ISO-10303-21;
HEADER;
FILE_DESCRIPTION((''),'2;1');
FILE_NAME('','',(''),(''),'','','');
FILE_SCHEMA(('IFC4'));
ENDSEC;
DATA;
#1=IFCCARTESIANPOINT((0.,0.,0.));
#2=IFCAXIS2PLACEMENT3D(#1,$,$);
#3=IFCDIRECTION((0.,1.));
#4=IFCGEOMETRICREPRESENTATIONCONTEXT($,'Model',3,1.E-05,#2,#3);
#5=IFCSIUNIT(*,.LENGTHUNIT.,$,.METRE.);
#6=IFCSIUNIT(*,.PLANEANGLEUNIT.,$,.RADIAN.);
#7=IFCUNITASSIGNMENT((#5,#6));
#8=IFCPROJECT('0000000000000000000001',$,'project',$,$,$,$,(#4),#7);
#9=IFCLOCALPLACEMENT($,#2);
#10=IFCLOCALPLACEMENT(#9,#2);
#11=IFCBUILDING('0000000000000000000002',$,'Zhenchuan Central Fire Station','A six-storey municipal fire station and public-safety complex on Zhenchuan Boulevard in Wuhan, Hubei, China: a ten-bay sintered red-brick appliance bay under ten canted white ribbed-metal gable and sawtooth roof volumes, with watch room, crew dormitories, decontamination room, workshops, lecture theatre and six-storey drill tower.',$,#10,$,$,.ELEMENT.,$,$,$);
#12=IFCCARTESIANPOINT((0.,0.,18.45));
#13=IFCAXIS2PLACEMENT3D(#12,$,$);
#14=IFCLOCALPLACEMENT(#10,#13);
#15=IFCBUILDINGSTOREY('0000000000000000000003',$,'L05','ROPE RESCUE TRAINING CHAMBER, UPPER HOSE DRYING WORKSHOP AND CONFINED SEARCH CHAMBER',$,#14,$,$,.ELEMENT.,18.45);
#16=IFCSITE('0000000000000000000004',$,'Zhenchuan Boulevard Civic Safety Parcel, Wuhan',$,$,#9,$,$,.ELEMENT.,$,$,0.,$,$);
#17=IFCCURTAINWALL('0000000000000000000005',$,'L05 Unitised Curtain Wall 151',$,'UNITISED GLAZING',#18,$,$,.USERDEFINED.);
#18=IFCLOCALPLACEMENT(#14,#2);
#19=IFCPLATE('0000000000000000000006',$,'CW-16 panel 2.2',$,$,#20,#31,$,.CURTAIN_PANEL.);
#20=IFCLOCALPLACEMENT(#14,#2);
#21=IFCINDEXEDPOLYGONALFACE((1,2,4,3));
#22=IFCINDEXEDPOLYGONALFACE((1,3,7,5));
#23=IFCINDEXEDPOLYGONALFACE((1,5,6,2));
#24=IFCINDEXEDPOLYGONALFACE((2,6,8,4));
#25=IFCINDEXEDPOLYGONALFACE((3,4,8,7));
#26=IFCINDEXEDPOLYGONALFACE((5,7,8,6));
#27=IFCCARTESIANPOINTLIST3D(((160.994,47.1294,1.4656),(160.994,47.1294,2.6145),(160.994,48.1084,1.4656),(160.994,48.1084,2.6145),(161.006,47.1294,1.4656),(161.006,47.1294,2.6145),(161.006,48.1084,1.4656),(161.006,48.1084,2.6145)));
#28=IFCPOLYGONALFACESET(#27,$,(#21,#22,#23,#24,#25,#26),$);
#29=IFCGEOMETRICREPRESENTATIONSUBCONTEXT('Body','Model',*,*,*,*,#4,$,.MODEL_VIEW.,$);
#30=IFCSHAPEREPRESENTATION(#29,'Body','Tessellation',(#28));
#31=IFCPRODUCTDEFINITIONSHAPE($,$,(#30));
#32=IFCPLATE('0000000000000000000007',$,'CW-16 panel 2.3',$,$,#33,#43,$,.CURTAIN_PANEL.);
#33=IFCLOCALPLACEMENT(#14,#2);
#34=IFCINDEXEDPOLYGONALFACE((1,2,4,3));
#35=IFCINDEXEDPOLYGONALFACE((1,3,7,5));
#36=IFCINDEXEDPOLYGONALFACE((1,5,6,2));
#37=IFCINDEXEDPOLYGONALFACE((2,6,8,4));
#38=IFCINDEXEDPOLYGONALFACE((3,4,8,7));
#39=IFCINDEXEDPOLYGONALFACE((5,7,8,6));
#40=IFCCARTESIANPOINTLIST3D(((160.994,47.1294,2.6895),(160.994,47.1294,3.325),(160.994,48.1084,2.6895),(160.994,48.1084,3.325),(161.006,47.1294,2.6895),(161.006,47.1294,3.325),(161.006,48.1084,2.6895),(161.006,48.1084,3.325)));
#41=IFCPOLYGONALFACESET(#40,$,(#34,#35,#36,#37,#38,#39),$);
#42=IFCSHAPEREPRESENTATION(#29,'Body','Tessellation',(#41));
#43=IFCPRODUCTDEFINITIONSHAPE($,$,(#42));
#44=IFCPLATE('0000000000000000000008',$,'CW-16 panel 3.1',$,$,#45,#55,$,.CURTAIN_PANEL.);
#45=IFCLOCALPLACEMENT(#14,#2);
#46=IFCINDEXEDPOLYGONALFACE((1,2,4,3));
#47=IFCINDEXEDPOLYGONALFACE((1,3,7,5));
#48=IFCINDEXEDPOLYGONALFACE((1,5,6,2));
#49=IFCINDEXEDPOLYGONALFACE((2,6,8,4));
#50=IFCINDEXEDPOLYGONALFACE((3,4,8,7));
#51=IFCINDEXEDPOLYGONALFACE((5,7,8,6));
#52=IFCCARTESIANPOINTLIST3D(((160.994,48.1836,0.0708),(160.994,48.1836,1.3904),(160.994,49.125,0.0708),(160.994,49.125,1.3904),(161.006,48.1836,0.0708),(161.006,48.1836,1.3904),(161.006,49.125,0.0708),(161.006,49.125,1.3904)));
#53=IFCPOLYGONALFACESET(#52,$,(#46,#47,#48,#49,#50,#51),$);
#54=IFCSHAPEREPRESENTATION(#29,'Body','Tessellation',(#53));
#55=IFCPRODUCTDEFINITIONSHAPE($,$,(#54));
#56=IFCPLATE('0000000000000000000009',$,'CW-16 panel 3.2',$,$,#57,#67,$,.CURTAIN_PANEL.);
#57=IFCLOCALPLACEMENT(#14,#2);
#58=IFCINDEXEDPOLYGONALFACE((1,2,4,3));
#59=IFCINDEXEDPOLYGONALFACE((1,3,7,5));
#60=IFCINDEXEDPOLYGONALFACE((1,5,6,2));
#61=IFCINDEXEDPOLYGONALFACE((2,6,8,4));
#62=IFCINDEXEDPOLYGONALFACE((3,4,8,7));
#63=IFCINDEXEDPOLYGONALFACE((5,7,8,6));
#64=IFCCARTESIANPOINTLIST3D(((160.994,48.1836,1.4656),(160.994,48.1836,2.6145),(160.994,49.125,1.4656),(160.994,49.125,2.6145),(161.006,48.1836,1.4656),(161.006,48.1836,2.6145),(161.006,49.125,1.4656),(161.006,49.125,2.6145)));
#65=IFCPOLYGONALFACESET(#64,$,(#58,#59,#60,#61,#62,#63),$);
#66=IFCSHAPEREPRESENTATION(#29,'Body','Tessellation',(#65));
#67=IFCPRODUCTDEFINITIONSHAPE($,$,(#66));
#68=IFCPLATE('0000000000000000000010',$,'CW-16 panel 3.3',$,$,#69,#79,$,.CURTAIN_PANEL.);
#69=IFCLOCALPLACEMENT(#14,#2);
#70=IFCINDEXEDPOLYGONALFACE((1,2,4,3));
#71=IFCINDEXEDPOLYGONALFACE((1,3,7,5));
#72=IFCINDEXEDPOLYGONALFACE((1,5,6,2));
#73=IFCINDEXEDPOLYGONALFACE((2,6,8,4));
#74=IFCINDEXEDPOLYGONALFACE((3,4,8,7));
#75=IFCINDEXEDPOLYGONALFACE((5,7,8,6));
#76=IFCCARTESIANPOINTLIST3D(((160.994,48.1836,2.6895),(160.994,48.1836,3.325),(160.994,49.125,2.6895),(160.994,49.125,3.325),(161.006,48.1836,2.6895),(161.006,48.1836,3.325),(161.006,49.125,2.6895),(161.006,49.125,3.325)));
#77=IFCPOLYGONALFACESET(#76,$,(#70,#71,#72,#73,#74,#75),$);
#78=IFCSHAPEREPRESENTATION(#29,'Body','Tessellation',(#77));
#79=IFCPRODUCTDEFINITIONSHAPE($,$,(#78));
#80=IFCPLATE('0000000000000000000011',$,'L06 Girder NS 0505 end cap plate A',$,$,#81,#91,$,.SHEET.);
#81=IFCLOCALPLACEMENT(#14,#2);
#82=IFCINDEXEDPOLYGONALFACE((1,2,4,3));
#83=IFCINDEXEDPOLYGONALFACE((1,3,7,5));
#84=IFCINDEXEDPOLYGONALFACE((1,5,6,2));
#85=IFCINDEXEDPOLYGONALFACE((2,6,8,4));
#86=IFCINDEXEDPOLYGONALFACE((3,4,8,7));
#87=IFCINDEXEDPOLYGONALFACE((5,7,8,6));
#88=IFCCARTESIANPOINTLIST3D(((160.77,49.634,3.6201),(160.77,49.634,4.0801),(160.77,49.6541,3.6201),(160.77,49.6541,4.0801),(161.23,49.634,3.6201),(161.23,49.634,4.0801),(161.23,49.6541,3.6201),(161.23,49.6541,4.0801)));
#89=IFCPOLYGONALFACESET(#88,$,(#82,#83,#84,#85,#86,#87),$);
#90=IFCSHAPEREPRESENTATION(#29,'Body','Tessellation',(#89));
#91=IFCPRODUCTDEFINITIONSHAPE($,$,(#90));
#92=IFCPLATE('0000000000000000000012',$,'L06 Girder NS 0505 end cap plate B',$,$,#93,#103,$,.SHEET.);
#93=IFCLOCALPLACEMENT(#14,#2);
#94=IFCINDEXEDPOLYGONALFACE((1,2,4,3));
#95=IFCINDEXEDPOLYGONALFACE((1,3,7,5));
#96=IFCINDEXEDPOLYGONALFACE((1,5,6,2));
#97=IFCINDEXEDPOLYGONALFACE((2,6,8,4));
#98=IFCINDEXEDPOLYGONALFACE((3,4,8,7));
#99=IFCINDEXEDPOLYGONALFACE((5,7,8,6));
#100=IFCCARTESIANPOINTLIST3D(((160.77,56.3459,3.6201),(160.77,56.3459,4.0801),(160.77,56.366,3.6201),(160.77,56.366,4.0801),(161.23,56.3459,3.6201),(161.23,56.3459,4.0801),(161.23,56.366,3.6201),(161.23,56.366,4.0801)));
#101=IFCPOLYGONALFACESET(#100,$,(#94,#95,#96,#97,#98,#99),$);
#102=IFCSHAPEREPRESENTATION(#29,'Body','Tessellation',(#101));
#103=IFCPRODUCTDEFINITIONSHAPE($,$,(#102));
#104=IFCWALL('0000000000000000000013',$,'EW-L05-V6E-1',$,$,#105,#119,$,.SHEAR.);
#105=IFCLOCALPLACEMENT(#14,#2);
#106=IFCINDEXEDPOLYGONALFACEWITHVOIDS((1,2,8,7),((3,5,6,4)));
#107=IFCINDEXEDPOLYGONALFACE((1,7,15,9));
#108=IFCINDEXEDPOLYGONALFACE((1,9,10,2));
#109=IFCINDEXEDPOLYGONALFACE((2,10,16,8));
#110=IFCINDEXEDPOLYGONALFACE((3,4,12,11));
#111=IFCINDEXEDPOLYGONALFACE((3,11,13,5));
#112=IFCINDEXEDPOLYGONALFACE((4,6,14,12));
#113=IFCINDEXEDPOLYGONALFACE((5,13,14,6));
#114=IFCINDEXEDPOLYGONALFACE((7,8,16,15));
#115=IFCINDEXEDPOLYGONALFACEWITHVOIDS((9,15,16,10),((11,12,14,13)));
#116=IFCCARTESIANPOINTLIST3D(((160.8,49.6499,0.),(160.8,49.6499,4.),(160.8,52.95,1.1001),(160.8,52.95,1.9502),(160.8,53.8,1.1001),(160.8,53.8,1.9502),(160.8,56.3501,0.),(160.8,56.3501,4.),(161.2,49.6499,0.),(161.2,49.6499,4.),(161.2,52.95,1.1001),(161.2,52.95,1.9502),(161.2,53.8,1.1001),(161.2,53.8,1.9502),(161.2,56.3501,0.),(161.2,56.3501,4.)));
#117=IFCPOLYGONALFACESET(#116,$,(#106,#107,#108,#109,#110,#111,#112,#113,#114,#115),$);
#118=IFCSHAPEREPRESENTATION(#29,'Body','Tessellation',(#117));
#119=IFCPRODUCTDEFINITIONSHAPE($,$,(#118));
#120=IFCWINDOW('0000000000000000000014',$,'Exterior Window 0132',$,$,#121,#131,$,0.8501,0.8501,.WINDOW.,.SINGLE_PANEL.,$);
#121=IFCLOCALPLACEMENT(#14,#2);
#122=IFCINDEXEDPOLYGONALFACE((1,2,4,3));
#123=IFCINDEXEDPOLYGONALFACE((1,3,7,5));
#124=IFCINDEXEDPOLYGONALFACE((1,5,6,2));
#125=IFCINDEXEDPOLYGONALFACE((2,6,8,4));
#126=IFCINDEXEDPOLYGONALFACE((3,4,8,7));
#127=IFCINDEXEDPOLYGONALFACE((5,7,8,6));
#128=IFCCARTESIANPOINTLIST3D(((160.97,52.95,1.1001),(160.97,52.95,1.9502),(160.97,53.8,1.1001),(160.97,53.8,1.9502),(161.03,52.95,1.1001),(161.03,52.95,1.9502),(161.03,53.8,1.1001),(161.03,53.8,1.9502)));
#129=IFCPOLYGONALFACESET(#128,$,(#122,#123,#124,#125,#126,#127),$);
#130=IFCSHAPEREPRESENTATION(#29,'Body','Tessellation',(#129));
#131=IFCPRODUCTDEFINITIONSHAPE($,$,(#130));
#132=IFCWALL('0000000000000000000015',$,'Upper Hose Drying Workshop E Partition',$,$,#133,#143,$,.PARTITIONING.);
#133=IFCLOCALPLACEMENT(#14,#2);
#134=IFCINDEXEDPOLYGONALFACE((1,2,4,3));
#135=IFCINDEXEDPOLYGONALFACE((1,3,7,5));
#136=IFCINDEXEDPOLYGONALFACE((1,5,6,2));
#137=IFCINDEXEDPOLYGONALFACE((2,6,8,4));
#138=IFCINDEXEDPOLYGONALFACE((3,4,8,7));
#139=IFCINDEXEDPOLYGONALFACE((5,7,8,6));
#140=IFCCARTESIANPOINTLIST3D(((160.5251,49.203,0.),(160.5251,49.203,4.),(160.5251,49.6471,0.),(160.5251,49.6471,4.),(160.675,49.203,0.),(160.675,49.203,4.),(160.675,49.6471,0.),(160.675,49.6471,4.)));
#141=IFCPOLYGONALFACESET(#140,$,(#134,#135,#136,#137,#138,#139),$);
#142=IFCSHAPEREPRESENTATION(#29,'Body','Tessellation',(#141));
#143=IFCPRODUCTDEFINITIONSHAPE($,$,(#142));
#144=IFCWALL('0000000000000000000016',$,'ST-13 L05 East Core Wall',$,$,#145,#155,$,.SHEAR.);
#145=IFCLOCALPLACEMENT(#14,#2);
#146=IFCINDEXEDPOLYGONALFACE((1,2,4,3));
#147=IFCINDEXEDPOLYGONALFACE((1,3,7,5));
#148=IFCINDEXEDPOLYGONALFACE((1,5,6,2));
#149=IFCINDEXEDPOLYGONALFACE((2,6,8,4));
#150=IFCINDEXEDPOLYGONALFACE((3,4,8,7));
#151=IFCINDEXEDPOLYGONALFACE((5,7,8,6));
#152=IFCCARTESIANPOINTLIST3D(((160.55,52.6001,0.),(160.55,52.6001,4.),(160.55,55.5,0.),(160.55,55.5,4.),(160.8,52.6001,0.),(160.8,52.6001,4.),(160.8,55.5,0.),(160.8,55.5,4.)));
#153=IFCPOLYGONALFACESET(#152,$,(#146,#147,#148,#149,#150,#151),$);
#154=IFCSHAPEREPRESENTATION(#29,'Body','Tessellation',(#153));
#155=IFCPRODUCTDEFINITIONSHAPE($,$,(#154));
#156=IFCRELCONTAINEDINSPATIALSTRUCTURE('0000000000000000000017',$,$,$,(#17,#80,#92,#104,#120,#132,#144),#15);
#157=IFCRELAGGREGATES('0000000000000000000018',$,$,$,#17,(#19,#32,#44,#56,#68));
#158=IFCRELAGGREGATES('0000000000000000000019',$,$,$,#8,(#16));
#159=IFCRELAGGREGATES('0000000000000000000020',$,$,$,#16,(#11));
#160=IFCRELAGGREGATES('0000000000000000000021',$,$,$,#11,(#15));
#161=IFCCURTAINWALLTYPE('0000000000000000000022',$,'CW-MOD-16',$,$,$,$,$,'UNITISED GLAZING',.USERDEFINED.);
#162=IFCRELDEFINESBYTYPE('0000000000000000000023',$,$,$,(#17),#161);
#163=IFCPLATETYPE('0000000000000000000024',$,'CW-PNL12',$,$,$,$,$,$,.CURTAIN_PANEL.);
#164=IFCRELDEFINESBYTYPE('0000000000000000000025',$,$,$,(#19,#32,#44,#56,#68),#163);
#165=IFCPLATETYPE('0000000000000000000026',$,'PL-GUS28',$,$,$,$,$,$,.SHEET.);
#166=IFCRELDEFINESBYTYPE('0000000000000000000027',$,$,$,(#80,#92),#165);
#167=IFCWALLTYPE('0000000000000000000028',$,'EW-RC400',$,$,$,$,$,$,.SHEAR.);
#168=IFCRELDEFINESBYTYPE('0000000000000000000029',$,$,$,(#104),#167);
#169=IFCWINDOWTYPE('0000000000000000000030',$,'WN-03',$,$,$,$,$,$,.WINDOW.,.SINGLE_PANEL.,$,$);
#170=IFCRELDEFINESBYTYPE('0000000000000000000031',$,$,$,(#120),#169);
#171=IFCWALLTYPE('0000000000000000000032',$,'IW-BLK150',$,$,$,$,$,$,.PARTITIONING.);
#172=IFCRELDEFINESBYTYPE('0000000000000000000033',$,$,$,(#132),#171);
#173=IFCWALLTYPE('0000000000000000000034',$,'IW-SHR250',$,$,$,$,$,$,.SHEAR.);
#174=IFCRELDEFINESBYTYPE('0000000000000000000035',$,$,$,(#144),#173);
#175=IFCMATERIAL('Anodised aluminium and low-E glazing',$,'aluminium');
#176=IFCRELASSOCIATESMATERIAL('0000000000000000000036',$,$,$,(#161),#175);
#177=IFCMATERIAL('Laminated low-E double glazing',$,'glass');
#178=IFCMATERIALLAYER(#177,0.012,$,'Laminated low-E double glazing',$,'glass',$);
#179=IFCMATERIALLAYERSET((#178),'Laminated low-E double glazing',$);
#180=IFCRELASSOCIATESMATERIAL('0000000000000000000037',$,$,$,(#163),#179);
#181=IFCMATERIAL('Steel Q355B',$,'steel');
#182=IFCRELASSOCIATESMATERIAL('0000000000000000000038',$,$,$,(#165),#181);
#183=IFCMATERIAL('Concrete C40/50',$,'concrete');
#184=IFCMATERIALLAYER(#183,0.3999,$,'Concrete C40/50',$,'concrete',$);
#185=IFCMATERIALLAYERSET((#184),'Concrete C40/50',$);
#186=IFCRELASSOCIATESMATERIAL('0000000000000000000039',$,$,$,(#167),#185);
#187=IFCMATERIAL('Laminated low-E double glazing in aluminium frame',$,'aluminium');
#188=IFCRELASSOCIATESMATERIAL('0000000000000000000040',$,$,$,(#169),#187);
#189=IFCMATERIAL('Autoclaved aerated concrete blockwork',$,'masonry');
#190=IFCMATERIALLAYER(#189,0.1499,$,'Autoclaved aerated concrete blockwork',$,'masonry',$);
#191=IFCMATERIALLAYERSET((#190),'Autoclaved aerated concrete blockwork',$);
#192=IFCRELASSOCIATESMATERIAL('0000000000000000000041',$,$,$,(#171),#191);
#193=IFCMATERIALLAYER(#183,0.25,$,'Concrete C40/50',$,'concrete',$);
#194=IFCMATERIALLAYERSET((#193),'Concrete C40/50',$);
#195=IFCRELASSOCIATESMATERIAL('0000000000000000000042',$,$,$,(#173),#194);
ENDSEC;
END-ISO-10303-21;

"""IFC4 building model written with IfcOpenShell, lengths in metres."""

from ifc_helpers import new_model, si_unit, direction, frame, frame_2d, origin, origin_2d, place, context, subcontext, project, spatial, rectangle, extrude, material, layer, layer_set, material_profile, profile_set, type_object, element, fill, aggregate, save


model = new_model("IFC4")

# Units and contexts
model_context = context("Model", 3, precision=1e-05, world=origin(), true_north=direction((0.0, 1.0)))
body_context = subcontext(model_context, "Body", "Model", "MODEL_VIEW")
ifc_project = project(units=[si_unit("LENGTHUNIT", "METRE"), si_unit("PLANEANGLEUNIT", "RADIAN")], contexts=[model_context])

# Site, building, storey
site_placement = place(None, origin())
site = spatial("IfcSite", under=ifc_project, at=site_placement, Name="Zhenchuan Boulevard Civic Safety Parcel, Wuhan", CompositionType="ELEMENT", RefElevation=0.0)
building_placement = place(site_placement, origin())
building = spatial("IfcBuilding", under=site, at=building_placement, Name="Zhenchuan Central Fire Station", Description="A six-storey municipal fire station and public-safety complex on Zhenchuan Boulevard in Wuhan, Hubei, China: a ten-bay sintered red-brick appliance bay under ten canted white ribbed-metal gable and sawtooth roof volumes, with watch room, crew dormitories, decontamination room, workshops, lecture theatre and six-storey drill tower.", CompositionType="ELEMENT")
storey_placement = place(building_placement, frame((0.0, 0.0, 18.45)))
storey = spatial("IfcBuildingStorey", under=building, at=storey_placement, Name="L05", Description="ROPE RESCUE TRAINING CHAMBER, UPPER HOSE DRYING WORKSHOP AND CONFINED SEARCH CHAMBER", CompositionType="ELEMENT", Elevation=18.45)

# Shared definitions
ifc_material_1 = material(Name="Steel Q355B", Category="steel")

# Curtain wall
ifc_material_2 = material(Name="Anodised aluminium and low-E glazing", Category="aluminium")
curtain_wall_type = type_object("IfcCurtainWallType", Name="CW-MOD-16", ElementType="UNITISED GLAZING", PredefinedType="USERDEFINED", material=ifc_material_2)
curtain_wall_placement = place(storey_placement, origin())
curtain_wall = element("IfcCurtainWall", 1, at=curtain_wall_placement, inside=storey, type_object=curtain_wall_type, Name="L05 Unitised Curtain Wall 151", ObjectType="UNITISED GLAZING", PredefinedType="USERDEFINED")

# Plates
ifc_material_3 = material(Name="Laminated low-E double glazing", Category="glass")
ifc_layer_1 = layer(ifc_material_3, 0.012, Name="Laminated low-E double glazing", Category="glass")
ifc_layer_set_1 = layer_set([ifc_layer_1], Name="Laminated low-E double glazing")
plate_type_1 = type_object("IfcPlateType", Name="CW-PNL12", PredefinedType="CURTAIN_PANEL", material=ifc_layer_set_1)
plate_1_placement = place(storey_placement, frame((161.0, 47.6189, 1.4656), z_axis=(0.0, 0.0, 1.0), x_axis=(0.0, 1.0, 0.0)))
plate_1 = element("IfcPlate", 2, at=plate_1_placement, type_object=plate_type_1, Name="CW-16 panel 2.2", PredefinedType="CURTAIN_PANEL", context=body_context, shape_type="SweptSolid", body=[
    extrude(rectangle(XDim=0.979, YDim=0.012, at=origin_2d()), origin(), (0.0, 0.0, 1.0), 1.1489),
])
plate_2_placement = place(storey_placement, frame((161.0, 47.6189, 2.6895), z_axis=(0.0, 0.0, 1.0), x_axis=(0.0, 1.0, 0.0)))
plate_2 = element("IfcPlate", 3, at=plate_2_placement, type_object=plate_type_1, Name="CW-16 panel 2.3", PredefinedType="CURTAIN_PANEL", context=body_context, shape_type="SweptSolid", body=[
    extrude(rectangle(XDim=0.979, YDim=0.012, at=origin_2d()), origin(), (0.0, 0.0, 1.0), 0.6355),
])
plate_3_placement = place(storey_placement, frame((161.0, 48.6543, 0.0708), z_axis=(0.0, 0.0, 1.0), x_axis=(0.0, 1.0, 0.0)))
plate_3 = element("IfcPlate", 4, at=plate_3_placement, type_object=plate_type_1, Name="CW-16 panel 3.1", PredefinedType="CURTAIN_PANEL", context=body_context, shape_type="SweptSolid", body=[
    extrude(rectangle(XDim=0.9414, YDim=0.012, at=origin_2d()), origin(), (0.0, 0.0, 1.0), 1.3196),
])
plate_4_placement = place(storey_placement, frame((161.0, 48.6543, 1.4656), z_axis=(0.0, 0.0, 1.0), x_axis=(0.0, 1.0, 0.0)))
plate_4 = element("IfcPlate", 5, at=plate_4_placement, type_object=plate_type_1, Name="CW-16 panel 3.2", PredefinedType="CURTAIN_PANEL", context=body_context, shape_type="SweptSolid", body=[
    extrude(rectangle(XDim=0.9414, YDim=0.012, at=origin_2d()), origin(), (0.0, 0.0, 1.0), 1.1489),
])
plate_5_placement = place(storey_placement, frame((161.0, 48.6543, 2.6895), z_axis=(0.0, 0.0, 1.0), x_axis=(0.0, 1.0, 0.0)))
plate_5 = element("IfcPlate", 6, at=plate_5_placement, type_object=plate_type_1, Name="CW-16 panel 3.3", PredefinedType="CURTAIN_PANEL", context=body_context, shape_type="SweptSolid", body=[
    extrude(rectangle(XDim=0.9414, YDim=0.012, at=origin_2d()), origin(), (0.0, 0.0, 1.0), 0.6355),
])
aggregate(curtain_wall, [plate_1, plate_2, plate_3, plate_4, plate_5])

# Plates
ifc_material_profile_1 = material_profile(ifc_material_1, rectangle(XDim=0.46, YDim=0.46, at=origin_2d()), Name="PL 460x460x28")
ifc_profile_set_1 = profile_set([ifc_material_profile_1], Name="Steel Q355B")
plate_type_2 = type_object("IfcPlateType", Name="PL-GUS28", PredefinedType="SHEET", material=ifc_profile_set_1)
for number, where, z_axis, x_axis, name in (
    (7, (161.0, 49.634, 3.8501), (0.0, 1.0, 0.0), (-1.0, 0.0, 0.0), "L06 Girder NS 0505 end cap plate A"),
    (8, (161.0, 56.3459, 3.8501), (0.0, 1.0, 0.0), (-1.0, 0.0, 0.0), "L06 Girder NS 0505 end cap plate B"),
):
    element("IfcPlate", number, at=place(storey_placement, frame(where, z_axis=z_axis, x_axis=x_axis)), inside=storey, type_object=plate_type_2, Name=name, PredefinedType="SHEET", context=body_context, shape_type="SweptSolid", body=[
        extrude(rectangle(XDim=0.46, YDim=0.46, at=origin_2d()), origin(), (0.0, 0.0, 1.0), 0.02),
    ])

# Wall, opening, window
ifc_material_4 = material(Name="Concrete C40/50", Category="concrete")
ifc_layer_2 = layer(ifc_material_4, 0.3999, Name="Concrete C40/50", Category="concrete")
ifc_layer_set_2 = layer_set([ifc_layer_2], Name="Concrete C40/50")
wall_type_1 = type_object("IfcWallType", Name="EW-RC400", PredefinedType="SHEAR", material=ifc_layer_set_2)
wall_1_placement = place(storey_placement, frame((161.0, 49.6499, 0.0), z_axis=(0.0, 0.0, 1.0), x_axis=(0.0, 1.0, 0.0)))
wall_1 = element("IfcWall", 9, at=wall_1_placement, inside=storey, type_object=wall_type_1, Name="EW-L05-V6E-1", PredefinedType="SHEAR", context=body_context, shape_type="SweptSolid", body=[
    extrude(rectangle(XDim=6.7002, YDim=0.3999, at=frame_2d((3.3501, 0.0))), origin(), (0.0, 0.0, 1.0), 4.0),
])
opening_placement = place(wall_1_placement, frame((3.3, 0.0, 1.1001)))
opening = element("IfcOpeningElement", 10, at=opening_placement, cuts=wall_1, PredefinedType="OPENING", context=body_context, shape_type="SweptSolid", body=[
    extrude(rectangle(XDim=0.8501, YDim=0.8501, at=frame_2d((0.425, 0.425))), frame((0.0, 0.21, 0.0), z_axis=(0.0, -1.0, 0.0), x_axis=(1.0, 0.0, 0.0)), (0.0, 0.0, 1.0), 0.4199),
])
ifc_material_5 = material(Name="Laminated low-E double glazing in aluminium frame", Category="aluminium")
window_type = type_object("IfcWindowType", Name="WN-03", PartitioningType="SINGLE_PANEL", PredefinedType="WINDOW", material=ifc_material_5)
window_placement = place(opening_placement, origin())
window = element("IfcWindow", 11, at=window_placement, inside=storey, type_object=window_type, Name="Exterior Window 0132", OverallHeight=0.8501, OverallWidth=0.8501, PartitioningType="SINGLE_PANEL", PredefinedType="WINDOW", context=body_context, shape_type="SweptSolid", body=[
    extrude(rectangle(XDim=0.8501, YDim=0.8501, at=frame_2d((0.425, 0.425))), frame((0.0, 0.03, 0.0), z_axis=(0.0, -1.0, 0.0), x_axis=(1.0, 0.0, 0.0)), (0.0, 0.0, 1.0), 0.0601),
])
fill(opening, window)

# Walls
ifc_material_6 = material(Name="Autoclaved aerated concrete blockwork", Category="masonry")
ifc_layer_3 = layer(ifc_material_6, 0.1499, Name="Autoclaved aerated concrete blockwork", Category="masonry")
ifc_layer_set_3 = layer_set([ifc_layer_3], Name="Autoclaved aerated concrete blockwork")
wall_type_2 = type_object("IfcWallType", Name="IW-BLK150", PredefinedType="PARTITIONING", material=ifc_layer_set_3)
wall_2_placement = place(storey_placement, frame((160.6001, 49.2029, 0.0), z_axis=(0.0, 0.0, 1.0), x_axis=(0.0, 1.0, 0.0)))
element("IfcWall", 12, at=wall_2_placement, inside=storey, type_object=wall_type_2, Name="Upper Hose Drying Workshop E Partition", PredefinedType="PARTITIONING", context=body_context, shape_type="SweptSolid", body=[
    extrude(rectangle(XDim=0.4441, YDim=0.1499, at=frame_2d((0.2222, 0.0))), origin(), (0.0, 0.0, 1.0), 4.0),
])
ifc_layer_4 = layer(ifc_material_4, 0.25, Name="Concrete C40/50", Category="concrete")
ifc_layer_set_4 = layer_set([ifc_layer_4], Name="Concrete C40/50")
wall_type_3 = type_object("IfcWallType", Name="IW-SHR250", PredefinedType="SHEAR", material=ifc_layer_set_4)
wall_3_placement = place(storey_placement, frame((160.675, 52.6001, 0.0), z_axis=(0.0, 0.0, 1.0), x_axis=(0.0, 1.0, 0.0)))
element("IfcWall", 13, at=wall_3_placement, inside=storey, type_object=wall_type_3, Name="ST-13 L05 East Core Wall", PredefinedType="SHEAR", context=body_context, shape_type="SweptSolid", body=[
    extrude(rectangle(XDim=2.8999, YDim=0.25, at=frame_2d((1.45, 0.0))), origin(), (0.0, 0.0, 1.0), 4.0),
])

save(model, "model.ifc")
